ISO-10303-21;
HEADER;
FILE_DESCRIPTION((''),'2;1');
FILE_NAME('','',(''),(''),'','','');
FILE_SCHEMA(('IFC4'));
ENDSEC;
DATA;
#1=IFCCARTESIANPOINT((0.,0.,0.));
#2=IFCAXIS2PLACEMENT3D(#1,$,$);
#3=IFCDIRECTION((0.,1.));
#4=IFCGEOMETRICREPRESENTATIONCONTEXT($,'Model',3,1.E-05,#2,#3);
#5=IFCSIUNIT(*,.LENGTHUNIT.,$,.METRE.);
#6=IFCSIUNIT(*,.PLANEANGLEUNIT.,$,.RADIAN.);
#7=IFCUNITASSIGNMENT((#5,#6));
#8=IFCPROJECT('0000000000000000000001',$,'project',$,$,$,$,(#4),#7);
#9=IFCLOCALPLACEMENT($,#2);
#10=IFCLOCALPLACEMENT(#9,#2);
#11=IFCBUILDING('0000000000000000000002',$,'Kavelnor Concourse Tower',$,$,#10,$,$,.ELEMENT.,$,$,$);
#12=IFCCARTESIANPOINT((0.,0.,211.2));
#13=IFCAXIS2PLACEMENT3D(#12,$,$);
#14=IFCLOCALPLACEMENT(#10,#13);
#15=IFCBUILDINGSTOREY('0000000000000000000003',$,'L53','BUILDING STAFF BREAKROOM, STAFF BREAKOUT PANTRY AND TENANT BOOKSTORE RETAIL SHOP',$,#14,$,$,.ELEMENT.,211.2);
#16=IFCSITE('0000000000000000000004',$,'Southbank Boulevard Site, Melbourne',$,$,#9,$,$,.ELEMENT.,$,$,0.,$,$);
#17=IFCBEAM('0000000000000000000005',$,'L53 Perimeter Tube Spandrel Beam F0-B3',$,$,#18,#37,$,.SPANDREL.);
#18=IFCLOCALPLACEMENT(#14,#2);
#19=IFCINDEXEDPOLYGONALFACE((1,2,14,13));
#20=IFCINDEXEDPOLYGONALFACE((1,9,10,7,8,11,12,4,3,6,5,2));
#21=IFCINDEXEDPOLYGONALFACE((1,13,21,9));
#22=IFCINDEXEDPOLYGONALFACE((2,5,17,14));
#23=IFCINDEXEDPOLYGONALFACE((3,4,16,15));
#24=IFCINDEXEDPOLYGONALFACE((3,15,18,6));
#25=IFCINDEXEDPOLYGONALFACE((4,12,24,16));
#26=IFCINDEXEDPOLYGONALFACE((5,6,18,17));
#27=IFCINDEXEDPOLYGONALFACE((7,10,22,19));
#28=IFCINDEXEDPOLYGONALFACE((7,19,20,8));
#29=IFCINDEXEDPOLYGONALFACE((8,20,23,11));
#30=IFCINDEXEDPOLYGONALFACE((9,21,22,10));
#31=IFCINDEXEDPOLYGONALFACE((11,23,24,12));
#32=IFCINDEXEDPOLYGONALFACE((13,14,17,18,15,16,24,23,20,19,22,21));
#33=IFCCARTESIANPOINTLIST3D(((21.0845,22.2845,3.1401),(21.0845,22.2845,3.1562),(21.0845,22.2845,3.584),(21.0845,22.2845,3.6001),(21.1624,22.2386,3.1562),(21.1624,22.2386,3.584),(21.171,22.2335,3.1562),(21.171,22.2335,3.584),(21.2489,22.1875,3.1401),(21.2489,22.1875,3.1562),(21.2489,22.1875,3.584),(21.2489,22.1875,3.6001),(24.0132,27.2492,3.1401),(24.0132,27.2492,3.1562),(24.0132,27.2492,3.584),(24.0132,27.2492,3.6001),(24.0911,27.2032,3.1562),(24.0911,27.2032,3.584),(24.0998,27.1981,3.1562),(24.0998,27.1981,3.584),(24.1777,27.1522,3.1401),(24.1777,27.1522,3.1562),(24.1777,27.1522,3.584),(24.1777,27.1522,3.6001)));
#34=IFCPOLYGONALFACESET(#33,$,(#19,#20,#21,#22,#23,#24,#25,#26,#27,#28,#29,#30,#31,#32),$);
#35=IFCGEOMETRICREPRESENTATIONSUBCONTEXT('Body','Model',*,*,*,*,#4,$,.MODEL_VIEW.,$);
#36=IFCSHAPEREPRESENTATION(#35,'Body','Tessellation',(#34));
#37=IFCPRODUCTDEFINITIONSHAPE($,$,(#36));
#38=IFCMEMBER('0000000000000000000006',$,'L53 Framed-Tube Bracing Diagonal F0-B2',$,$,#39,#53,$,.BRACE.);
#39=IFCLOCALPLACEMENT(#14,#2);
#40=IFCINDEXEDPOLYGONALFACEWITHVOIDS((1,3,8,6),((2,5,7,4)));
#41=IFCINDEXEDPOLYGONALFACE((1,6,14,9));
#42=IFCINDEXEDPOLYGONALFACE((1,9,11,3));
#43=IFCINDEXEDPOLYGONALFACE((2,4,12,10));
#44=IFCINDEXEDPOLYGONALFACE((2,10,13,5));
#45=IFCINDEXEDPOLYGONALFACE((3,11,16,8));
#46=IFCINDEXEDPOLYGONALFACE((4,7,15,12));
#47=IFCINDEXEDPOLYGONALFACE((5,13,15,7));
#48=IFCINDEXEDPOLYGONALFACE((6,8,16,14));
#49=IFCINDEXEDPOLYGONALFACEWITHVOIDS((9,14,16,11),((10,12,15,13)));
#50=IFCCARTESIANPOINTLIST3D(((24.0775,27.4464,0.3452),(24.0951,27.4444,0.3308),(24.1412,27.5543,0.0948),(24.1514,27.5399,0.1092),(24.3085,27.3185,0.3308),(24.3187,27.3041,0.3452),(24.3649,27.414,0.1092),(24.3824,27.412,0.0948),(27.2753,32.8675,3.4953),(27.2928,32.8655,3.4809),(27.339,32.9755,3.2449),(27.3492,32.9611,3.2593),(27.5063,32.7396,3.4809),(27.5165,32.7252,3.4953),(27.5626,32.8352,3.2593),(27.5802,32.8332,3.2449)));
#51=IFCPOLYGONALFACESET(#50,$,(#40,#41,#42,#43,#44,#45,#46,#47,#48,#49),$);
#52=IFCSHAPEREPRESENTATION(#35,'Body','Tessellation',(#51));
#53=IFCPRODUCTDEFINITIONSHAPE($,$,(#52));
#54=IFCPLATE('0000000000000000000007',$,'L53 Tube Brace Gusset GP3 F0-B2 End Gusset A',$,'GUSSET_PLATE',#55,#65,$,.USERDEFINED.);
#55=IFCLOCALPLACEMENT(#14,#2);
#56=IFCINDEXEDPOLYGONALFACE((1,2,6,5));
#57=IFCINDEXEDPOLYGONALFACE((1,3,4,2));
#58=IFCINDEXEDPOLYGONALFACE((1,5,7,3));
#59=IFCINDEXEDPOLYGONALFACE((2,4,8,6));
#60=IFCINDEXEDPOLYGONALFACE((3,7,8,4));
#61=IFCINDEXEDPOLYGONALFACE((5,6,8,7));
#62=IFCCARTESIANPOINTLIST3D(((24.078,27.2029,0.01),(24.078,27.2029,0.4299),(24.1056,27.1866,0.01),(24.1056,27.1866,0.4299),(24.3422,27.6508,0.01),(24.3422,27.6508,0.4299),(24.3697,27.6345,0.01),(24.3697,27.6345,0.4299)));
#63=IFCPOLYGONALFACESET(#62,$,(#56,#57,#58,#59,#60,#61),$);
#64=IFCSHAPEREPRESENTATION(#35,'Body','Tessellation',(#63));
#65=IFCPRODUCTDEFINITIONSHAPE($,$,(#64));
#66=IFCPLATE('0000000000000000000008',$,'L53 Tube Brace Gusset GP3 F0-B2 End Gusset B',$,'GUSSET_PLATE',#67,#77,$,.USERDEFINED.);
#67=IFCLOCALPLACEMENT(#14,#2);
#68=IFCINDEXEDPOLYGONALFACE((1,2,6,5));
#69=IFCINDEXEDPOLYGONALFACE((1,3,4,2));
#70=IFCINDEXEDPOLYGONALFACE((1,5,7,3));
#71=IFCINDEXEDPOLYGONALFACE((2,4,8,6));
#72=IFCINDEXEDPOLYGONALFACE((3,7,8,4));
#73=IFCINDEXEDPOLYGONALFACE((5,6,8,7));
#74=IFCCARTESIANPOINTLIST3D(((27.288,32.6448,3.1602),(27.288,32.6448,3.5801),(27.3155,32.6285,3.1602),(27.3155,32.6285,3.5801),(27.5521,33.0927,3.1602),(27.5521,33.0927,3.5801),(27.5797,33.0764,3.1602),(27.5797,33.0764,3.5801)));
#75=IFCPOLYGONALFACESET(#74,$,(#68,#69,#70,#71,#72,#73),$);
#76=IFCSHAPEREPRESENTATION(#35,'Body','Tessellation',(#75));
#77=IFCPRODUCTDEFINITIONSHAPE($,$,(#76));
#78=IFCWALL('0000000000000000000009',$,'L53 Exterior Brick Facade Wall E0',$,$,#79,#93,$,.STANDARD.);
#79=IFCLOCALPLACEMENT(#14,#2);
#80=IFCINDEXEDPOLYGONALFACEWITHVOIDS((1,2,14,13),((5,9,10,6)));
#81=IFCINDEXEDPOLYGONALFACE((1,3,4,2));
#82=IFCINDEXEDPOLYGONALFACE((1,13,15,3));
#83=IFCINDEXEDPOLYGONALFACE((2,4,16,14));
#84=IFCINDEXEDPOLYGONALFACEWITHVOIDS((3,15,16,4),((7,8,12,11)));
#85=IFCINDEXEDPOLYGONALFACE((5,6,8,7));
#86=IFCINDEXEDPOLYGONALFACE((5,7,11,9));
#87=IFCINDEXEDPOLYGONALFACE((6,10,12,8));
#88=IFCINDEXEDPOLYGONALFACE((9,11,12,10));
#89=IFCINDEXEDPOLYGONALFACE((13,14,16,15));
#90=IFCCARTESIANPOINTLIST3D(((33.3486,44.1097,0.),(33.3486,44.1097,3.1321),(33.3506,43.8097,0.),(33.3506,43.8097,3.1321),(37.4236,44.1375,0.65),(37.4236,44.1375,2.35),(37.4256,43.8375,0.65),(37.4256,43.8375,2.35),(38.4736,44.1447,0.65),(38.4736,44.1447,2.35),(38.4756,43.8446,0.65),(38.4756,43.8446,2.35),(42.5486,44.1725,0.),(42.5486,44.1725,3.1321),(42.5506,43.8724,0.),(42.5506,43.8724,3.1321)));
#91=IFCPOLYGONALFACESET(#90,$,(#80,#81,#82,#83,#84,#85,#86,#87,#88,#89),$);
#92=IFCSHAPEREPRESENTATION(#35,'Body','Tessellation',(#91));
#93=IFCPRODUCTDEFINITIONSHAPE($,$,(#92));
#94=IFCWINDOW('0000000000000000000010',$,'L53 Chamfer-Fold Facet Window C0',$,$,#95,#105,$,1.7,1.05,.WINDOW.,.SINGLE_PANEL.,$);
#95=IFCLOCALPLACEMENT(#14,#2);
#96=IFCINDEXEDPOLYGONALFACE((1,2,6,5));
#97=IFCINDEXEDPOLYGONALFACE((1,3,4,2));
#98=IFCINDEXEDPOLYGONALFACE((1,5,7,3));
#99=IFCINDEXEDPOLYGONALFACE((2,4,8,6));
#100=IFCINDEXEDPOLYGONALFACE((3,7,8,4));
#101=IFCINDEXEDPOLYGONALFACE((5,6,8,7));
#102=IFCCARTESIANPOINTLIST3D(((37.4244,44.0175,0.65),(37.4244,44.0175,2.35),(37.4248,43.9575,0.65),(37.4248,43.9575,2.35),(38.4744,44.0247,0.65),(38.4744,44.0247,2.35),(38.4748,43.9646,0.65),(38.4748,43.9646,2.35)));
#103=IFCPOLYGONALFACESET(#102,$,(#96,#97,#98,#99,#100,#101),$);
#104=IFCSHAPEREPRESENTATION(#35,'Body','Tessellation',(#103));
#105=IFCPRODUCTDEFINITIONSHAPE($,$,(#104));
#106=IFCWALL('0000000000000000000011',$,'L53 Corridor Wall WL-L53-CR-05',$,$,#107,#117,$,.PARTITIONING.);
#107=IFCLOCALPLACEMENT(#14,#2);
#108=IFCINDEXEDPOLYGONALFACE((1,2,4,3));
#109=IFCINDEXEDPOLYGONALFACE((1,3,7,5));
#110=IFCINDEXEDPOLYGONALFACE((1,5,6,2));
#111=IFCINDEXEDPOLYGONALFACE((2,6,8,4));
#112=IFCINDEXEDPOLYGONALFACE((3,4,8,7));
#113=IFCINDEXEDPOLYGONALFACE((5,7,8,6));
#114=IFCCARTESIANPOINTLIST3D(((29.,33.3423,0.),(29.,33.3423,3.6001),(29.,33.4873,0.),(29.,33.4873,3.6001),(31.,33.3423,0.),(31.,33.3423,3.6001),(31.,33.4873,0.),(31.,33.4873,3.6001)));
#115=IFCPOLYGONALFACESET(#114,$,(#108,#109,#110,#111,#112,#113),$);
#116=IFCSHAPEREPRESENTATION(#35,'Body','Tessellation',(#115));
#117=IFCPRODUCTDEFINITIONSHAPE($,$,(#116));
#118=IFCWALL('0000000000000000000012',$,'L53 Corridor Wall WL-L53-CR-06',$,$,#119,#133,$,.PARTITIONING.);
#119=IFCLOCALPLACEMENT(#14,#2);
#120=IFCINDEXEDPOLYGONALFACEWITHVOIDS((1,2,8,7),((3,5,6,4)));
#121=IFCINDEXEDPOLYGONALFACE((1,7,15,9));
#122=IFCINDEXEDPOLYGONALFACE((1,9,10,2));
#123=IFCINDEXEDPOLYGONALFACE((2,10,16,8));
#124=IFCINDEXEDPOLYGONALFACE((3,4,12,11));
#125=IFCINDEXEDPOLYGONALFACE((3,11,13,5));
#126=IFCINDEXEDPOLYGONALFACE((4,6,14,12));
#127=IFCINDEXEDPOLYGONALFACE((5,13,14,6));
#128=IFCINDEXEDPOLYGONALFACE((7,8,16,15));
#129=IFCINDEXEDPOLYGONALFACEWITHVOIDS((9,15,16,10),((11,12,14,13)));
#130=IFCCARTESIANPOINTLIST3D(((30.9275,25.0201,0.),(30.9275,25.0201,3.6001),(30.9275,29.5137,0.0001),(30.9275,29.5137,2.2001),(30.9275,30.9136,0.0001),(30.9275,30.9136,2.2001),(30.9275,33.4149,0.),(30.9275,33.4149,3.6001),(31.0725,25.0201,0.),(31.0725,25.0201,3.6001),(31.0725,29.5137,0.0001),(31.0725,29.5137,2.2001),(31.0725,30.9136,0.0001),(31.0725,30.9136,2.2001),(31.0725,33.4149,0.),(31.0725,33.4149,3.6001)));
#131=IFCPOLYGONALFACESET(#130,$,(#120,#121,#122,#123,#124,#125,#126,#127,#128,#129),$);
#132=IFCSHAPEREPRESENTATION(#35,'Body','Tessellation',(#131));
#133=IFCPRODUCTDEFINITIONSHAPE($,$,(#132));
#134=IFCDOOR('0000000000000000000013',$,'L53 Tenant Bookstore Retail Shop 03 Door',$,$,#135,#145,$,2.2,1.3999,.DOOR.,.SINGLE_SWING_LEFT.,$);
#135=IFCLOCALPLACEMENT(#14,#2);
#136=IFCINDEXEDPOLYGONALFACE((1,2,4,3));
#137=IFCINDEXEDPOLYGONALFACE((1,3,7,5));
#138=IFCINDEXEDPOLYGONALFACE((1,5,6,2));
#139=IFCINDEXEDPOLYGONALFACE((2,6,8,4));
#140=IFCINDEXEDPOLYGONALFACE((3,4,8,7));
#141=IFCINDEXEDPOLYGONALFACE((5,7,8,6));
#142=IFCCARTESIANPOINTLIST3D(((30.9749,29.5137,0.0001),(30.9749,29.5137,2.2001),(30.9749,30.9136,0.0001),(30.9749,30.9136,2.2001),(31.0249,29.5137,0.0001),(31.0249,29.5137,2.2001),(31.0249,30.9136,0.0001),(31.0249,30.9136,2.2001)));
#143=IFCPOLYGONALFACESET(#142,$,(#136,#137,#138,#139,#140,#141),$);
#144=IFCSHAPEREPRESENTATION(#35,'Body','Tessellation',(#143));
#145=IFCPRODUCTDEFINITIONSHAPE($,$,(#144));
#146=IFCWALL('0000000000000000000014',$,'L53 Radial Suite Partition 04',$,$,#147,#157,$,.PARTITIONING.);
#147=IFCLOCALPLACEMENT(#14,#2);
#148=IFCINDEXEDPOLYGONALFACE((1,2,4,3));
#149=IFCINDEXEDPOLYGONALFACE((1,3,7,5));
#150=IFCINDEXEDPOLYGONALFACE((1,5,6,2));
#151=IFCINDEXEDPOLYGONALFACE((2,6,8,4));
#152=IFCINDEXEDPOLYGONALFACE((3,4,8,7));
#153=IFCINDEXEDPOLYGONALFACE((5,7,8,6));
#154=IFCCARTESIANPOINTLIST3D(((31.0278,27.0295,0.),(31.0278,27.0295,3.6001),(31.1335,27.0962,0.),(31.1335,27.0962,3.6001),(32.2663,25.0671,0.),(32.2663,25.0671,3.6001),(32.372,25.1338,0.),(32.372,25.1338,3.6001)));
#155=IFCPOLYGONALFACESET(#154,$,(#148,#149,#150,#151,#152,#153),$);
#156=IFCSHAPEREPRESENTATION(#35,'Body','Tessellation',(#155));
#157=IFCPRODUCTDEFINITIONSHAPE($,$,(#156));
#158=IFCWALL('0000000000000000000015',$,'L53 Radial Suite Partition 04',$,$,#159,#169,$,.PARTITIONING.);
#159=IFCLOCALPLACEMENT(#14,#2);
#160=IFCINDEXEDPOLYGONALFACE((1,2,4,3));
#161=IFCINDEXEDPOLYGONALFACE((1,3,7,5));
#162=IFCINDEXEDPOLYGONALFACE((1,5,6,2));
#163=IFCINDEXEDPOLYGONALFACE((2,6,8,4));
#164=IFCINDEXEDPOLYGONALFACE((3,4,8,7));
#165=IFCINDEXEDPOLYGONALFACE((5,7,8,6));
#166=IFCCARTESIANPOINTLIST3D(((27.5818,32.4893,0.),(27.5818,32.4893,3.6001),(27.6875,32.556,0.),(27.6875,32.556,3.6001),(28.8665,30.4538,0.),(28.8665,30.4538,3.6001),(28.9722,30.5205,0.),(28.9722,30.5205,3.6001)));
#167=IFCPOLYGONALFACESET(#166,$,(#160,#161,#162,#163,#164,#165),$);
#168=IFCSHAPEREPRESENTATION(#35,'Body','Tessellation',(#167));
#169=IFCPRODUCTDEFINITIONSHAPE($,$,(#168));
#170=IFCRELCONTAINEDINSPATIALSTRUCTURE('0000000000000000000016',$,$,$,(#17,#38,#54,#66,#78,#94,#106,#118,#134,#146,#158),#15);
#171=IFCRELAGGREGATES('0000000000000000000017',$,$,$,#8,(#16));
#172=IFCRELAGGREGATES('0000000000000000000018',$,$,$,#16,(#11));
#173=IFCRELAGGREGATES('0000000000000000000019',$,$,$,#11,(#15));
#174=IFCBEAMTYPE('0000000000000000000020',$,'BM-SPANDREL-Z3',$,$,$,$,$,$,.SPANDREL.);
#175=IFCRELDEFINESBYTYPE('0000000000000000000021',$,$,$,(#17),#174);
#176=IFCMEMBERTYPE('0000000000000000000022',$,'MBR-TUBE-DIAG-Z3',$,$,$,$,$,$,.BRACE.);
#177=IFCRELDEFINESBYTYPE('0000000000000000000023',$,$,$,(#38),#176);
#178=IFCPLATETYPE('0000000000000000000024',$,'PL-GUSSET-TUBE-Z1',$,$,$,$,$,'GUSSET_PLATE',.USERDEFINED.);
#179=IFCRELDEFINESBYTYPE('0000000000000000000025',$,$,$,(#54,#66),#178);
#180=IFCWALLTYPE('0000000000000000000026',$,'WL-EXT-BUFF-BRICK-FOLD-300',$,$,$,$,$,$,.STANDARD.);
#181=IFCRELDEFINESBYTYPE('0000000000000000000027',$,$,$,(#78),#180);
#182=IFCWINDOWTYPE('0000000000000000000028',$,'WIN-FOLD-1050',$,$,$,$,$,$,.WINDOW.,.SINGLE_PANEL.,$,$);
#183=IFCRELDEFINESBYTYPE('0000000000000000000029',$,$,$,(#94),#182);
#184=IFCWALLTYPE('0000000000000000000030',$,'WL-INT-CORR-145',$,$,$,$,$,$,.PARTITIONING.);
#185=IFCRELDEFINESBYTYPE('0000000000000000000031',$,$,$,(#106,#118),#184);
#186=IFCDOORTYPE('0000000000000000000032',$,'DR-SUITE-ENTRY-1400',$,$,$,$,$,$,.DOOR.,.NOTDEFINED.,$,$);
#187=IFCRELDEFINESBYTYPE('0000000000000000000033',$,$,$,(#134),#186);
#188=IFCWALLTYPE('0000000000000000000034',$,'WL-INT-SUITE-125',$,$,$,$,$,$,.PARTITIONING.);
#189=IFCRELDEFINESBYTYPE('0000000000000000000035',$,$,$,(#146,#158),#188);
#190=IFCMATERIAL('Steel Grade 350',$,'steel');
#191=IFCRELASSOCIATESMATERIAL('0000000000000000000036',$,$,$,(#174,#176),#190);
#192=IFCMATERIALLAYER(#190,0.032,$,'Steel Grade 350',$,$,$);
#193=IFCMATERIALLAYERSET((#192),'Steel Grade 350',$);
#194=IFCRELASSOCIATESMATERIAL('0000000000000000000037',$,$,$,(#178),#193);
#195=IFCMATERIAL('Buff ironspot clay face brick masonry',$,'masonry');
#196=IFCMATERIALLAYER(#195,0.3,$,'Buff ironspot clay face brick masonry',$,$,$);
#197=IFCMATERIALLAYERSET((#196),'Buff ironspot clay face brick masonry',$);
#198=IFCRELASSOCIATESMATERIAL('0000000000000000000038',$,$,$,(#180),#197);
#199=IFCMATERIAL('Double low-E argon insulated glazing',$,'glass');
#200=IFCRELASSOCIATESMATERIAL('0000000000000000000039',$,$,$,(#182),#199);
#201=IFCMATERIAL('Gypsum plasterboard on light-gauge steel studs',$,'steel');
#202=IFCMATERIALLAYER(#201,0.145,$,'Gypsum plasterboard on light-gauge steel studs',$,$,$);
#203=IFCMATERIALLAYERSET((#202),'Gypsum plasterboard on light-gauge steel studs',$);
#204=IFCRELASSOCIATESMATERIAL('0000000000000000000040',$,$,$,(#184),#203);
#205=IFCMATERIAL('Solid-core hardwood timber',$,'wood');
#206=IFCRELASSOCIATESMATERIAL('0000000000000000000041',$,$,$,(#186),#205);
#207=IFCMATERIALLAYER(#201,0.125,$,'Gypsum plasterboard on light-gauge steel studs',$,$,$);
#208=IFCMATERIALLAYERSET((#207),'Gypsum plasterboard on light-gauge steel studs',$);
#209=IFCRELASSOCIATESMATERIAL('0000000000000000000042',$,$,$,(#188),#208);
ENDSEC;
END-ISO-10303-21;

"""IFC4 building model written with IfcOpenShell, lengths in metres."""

from ifc_helpers import new_model, si_unit, direction, frame, frame_2d, origin, origin_2d, place, context, subcontext, project, spatial, rectangle, hollow_rectangle, i_section, extrude, material, layer, layer_set, material_profile, profile_set, type_object, element, fill, save


model = new_model("IFC4")

# Units and contexts
model_context = context("Model", 3, precision=1e-05, world=origin(), true_north=direction((0.0, 1.0)))
body_context = subcontext(model_context, "Body", "Model", "MODEL_VIEW")
ifc_project = project(units=[si_unit("LENGTHUNIT", "METRE"), si_unit("PLANEANGLEUNIT", "RADIAN")], contexts=[model_context])

# Site, building, storey
site_placement = place(None, origin())
site = spatial("IfcSite", under=ifc_project, at=site_placement, Name="Southbank Boulevard Site, Melbourne", CompositionType="ELEMENT", RefElevation=0.0)
building_placement = place(site_placement, origin())
building = spatial("IfcBuilding", under=site, at=building_placement, Name="Kavelnor Concourse Tower", CompositionType="ELEMENT")
storey_placement = place(building_placement, frame((0.0, 0.0, 211.2)))
storey = spatial("IfcBuildingStorey", under=building, at=storey_placement, Name="L53", Description="BUILDING STAFF BREAKROOM, STAFF BREAKOUT PANTRY AND TENANT BOOKSTORE RETAIL SHOP", CompositionType="ELEMENT", Elevation=211.2)

# Shared definitions
ifc_material_1 = material(Name="Steel Grade 350", Category="steel")

# Beam
ifc_material_profile_1 = material_profile(ifc_material_1, i_section(OverallWidth=0.1909, OverallDepth=0.46, WebThickness=0.01, FlangeThickness=0.0161, at=origin_2d()), Name="460UB82")
ifc_profile_set_1 = profile_set([ifc_material_profile_1], Name="Steel Grade 350")
beam_type_1 = type_object("IfcBeamType", Name="BM-SPANDREL-Z3", PredefinedType="SPANDREL", material=ifc_profile_set_1)
for number, where, z_axis, x_axis, name in (
    (1, (24.0955, 27.2007, 3.3701), (-0.508097, -0.8613, 0.0), (0.8613, -0.508097, 0.0), "L53 Perimeter Tube Spandrel Beam F0-B3"),
):
    element("IfcBeam", number, at=place(storey_placement, frame(where, z_axis=z_axis, x_axis=x_axis)), inside=storey, type_object=beam_type_1, Name=name, PredefinedType="SPANDREL", context=body_context, shape_type="SweptSolid", body=[
        extrude(i_section(OverallWidth=0.1909, OverallDepth=0.46, WebThickness=0.01, FlangeThickness=0.0161, at=origin_2d()), origin(), (0.0, 0.0, 1.0), 5.7642),
    ])

# Member
ifc_material_profile_2 = material_profile(ifc_material_1, hollow_rectangle(XDim=0.28, YDim=0.28, WallThickness=0.0161, at=origin_2d()), Name="SHS 280x280x16")
ifc_profile_set_2 = profile_set([ifc_material_profile_2], Name="Steel Grade 350")
member_type = type_object("IfcMemberType", Name="MBR-TUBE-DIAG-Z3", PredefinedType="BRACE", material=ifc_profile_set_2)
member_placement = place(storey_placement, frame((24.23, 27.4292, 0.22), z_axis=(0.454335, 0.770233, 0.447571), x_axis=(-0.861319, 0.508064, 0.0)))
element("IfcMember", 2, at=member_placement, inside=storey, type_object=member_type, Name="L53 Framed-Tube Bracing Diagonal F0-B2", PredefinedType="BRACE", context=body_context, shape_type="SweptSolid", body=[
    extrude(hollow_rectangle(XDim=0.28, YDim=0.28, WallThickness=0.0161, at=origin_2d()), origin(), (0.0, 0.0, 1.0), 7.0383),
])

# Plates
ifc_layer_1 = layer(ifc_material_1, 0.032, Name="Steel Grade 350")
ifc_layer_set_1 = layer_set([ifc_layer_1], Name="Steel Grade 350")
plate_type = type_object("IfcPlateType", Name="PL-GUSSET-TUBE-Z1", ElementType="GUSSET_PLATE", PredefinedType="USERDEFINED", material=ifc_layer_set_1)
for number, where, z_axis, x_axis, name in (
    (3, (24.2239, 27.4187, 0.01), (0.0, 0.0, 1.0), (0.507989, 0.861363, 0.0), "L53 Tube Brace Gusset GP3 F0-B2 End Gusset A"),
    (4, (27.4338, 32.8606, 3.1602), (0.0, 0.0, 1.0), (0.507989, 0.861363, 0.0), "L53 Tube Brace Gusset GP3 F0-B2 End Gusset B"),
):
    element("IfcPlate", number, at=place(storey_placement, frame(where, z_axis=z_axis, x_axis=x_axis)), inside=storey, type_object=plate_type, Name=name, ObjectType="GUSSET_PLATE", PredefinedType="USERDEFINED", context=body_context, shape_type="SweptSolid", body=[
        extrude(rectangle(XDim=0.52, YDim=0.032, at=origin_2d()), origin(), (0.0, 0.0, 1.0), 0.4199),
    ])

# Wall, opening, window
ifc_material_2 = material(Name="Buff ironspot clay face brick masonry", Category="masonry")
ifc_layer_2 = layer(ifc_material_2, 0.3, Name="Buff ironspot clay face brick masonry")
ifc_layer_set_2 = layer_set([ifc_layer_2], Name="Buff ironspot clay face brick masonry")
wall_type_1 = type_object("IfcWallType", Name="WL-EXT-BUFF-BRICK-FOLD-300", PredefinedType="STANDARD", material=ifc_layer_set_2)
wall_1_placement = place(storey_placement, frame((33.3496, 43.9597, 0.0), z_axis=(0.0, 0.0, 1.0), x_axis=(0.999977, 0.00682, 0.0)))
wall_1 = element("IfcWall", 5, at=wall_1_placement, inside=storey, type_object=wall_type_1, Name="L53 Exterior Brick Facade Wall E0", PredefinedType="STANDARD", context=body_context, shape_type="SweptSolid", body=[
    extrude(rectangle(XDim=9.2002, YDim=0.3, at=frame_2d((4.6001, 0.0))), origin(), (0.0, 0.0, 1.0), 3.1321),
])
opening_1_placement = place(wall_1_placement, frame((4.0752, 0.0, 0.6499)))
opening_1 = element("IfcOpeningElement", 6, at=opening_1_placement, cuts=wall_1, PredefinedType="OPENING", context=body_context, shape_type="SweptSolid", body=[
    extrude(rectangle(XDim=1.05, YDim=1.7, at=frame_2d((0.5249, 0.8501))), frame((0.0, 0.1602, 0.0), z_axis=(0.0, -1.0, 0.0), x_axis=(1.0, 0.0, 0.0)), (0.0, 0.0, 1.0), 0.3201),
])
ifc_material_3 = material(Name="Double low-E argon insulated glazing", Category="glass")
window_type = type_object("IfcWindowType", Name="WIN-FOLD-1050", PartitioningType="SINGLE_PANEL", PredefinedType="WINDOW", material=ifc_material_3)
window_placement = place(opening_1_placement, origin())
window = element("IfcWindow", 7, at=window_placement, inside=storey, type_object=window_type, Name="L53 Chamfer-Fold Facet Window C0", OverallHeight=1.7, OverallWidth=1.05, PartitioningType="SINGLE_PANEL", PredefinedType="WINDOW", context=body_context, shape_type="SweptSolid", body=[
    extrude(rectangle(XDim=1.05, YDim=1.7, at=frame_2d((0.5249, 0.8501))), frame((0.0, 0.03, 0.0), z_axis=(0.0, -1.0, 0.0), x_axis=(1.0, 0.0, 0.0)), (0.0, 0.0, 1.0), 0.0601),
])
fill(opening_1, window)

# Wall
ifc_material_4 = material(Name="Gypsum plasterboard on light-gauge steel studs", Category="steel")
ifc_layer_3 = layer(ifc_material_4, 0.145, Name="Gypsum plasterboard on light-gauge steel studs")
ifc_layer_set_3 = layer_set([ifc_layer_3], Name="Gypsum plasterboard on light-gauge steel studs")
wall_type_2 = type_object("IfcWallType", Name="WL-INT-CORR-145", PredefinedType="PARTITIONING", material=ifc_layer_set_3)
wall_2_placement = place(storey_placement, frame((29.0, 33.4148, 0.0), z_axis=(0.0, 0.0, 1.0), x_axis=(1.0, 0.0, 0.0)))
element("IfcWall", 8, at=wall_2_placement, inside=storey, type_object=wall_type_2, Name="L53 Corridor Wall WL-L53-CR-05", PredefinedType="PARTITIONING", context=body_context, shape_type="SweptSolid", body=[
    extrude(rectangle(XDim=2.0, YDim=0.145, at=frame_2d((1.0, 0.0))), origin(), (0.0, 0.0, 1.0), 3.6001),
])

# Wall, opening, door
wall_3_placement = place(storey_placement, frame((31.0, 33.4148, 0.0), z_axis=(0.0, 0.0, 1.0), x_axis=(0.0, -1.0, 0.0)))
wall_3 = element("IfcWall", 9, at=wall_3_placement, inside=storey, type_object=wall_type_2, Name="L53 Corridor Wall WL-L53-CR-06", PredefinedType="PARTITIONING", context=body_context, shape_type="SweptSolid", body=[
    extrude(rectangle(XDim=8.3948, YDim=0.145, at=frame_2d((4.1973, 0.0))), origin(), (0.0, 0.0, 1.0), 3.6001),
])
opening_2_placement = place(wall_3_placement, frame((2.5012, 0.0, 0.0)))
opening_2 = element("IfcOpeningElement", 10, at=opening_2_placement, cuts=wall_3, PredefinedType="OPENING", context=body_context, shape_type="SweptSolid", body=[
    extrude(rectangle(XDim=1.3999, YDim=2.2, at=frame_2d((0.7, 1.1001))), frame((0.0, 0.0825, 0.0), z_axis=(0.0, -1.0, 0.0), x_axis=(1.0, 0.0, 0.0)), (0.0, 0.0, 1.0), 0.165),
])
ifc_material_5 = material(Name="Solid-core hardwood timber", Category="wood")
door_type = type_object("IfcDoorType", Name="DR-SUITE-ENTRY-1400", OperationType="NOTDEFINED", PredefinedType="DOOR", material=ifc_material_5)
door_placement = place(opening_2_placement, origin())
door = element("IfcDoor", 11, at=door_placement, inside=storey, type_object=door_type, Name="L53 Tenant Bookstore Retail Shop 03 Door", OperationType="SINGLE_SWING_LEFT", OverallHeight=2.2, OverallWidth=1.3999, PredefinedType="DOOR", context=body_context, shape_type="SweptSolid", body=[
    extrude(rectangle(XDim=1.3999, YDim=2.2, at=frame_2d((0.7, 1.1001))), frame((0.0, 0.0249, 0.0), z_axis=(0.0, -1.0, 0.0), x_axis=(1.0, 0.0, 0.0)), (0.0, 0.0, 1.0), 0.05),
])
fill(opening_2, door)

# Walls
ifc_layer_4 = layer(ifc_material_4, 0.125, Name="Gypsum plasterboard on light-gauge steel studs")
ifc_layer_set_4 = layer_set([ifc_layer_4], Name="Gypsum plasterboard on light-gauge steel studs")
wall_type_3 = type_object("IfcWallType", Name="WL-INT-SUITE-125", PredefinedType="PARTITIONING", material=ifc_layer_set_4)
wall_4_placement = place(storey_placement, frame((32.3191, 25.1006, 0.0), z_axis=(0.0, 0.0, 1.0), x_axis=(-0.53372, 0.845661, 0.0)))
element("IfcWall", 12, at=wall_4_placement, inside=storey, type_object=wall_type_3, Name="L53 Radial Suite Partition 04", PredefinedType="PARTITIONING", context=body_context, shape_type="SweptSolid", body=[
    extrude(rectangle(XDim=2.3206, YDim=0.125, at=frame_2d((1.1602, 0.0))), origin(), (0.0, 0.0, 1.0), 3.6001),
])
wall_5_placement = place(storey_placement, frame((28.9194, 30.4871, 0.0), z_axis=(0.0, 0.0, 1.0), x_axis=(-0.533741, 0.845648, 0.0)))
element("IfcWall", 13, at=wall_5_placement, inside=storey, type_object=wall_type_3, Name="L53 Radial Suite Partition 04", PredefinedType="PARTITIONING", context=body_context, shape_type="SweptSolid", body=[
    extrude(rectangle(XDim=2.407, YDim=0.125, at=frame_2d((1.2036, 0.0))), origin(), (0.0, 0.0, 1.0), 3.6001),
])

save(model, "model.ifc")
